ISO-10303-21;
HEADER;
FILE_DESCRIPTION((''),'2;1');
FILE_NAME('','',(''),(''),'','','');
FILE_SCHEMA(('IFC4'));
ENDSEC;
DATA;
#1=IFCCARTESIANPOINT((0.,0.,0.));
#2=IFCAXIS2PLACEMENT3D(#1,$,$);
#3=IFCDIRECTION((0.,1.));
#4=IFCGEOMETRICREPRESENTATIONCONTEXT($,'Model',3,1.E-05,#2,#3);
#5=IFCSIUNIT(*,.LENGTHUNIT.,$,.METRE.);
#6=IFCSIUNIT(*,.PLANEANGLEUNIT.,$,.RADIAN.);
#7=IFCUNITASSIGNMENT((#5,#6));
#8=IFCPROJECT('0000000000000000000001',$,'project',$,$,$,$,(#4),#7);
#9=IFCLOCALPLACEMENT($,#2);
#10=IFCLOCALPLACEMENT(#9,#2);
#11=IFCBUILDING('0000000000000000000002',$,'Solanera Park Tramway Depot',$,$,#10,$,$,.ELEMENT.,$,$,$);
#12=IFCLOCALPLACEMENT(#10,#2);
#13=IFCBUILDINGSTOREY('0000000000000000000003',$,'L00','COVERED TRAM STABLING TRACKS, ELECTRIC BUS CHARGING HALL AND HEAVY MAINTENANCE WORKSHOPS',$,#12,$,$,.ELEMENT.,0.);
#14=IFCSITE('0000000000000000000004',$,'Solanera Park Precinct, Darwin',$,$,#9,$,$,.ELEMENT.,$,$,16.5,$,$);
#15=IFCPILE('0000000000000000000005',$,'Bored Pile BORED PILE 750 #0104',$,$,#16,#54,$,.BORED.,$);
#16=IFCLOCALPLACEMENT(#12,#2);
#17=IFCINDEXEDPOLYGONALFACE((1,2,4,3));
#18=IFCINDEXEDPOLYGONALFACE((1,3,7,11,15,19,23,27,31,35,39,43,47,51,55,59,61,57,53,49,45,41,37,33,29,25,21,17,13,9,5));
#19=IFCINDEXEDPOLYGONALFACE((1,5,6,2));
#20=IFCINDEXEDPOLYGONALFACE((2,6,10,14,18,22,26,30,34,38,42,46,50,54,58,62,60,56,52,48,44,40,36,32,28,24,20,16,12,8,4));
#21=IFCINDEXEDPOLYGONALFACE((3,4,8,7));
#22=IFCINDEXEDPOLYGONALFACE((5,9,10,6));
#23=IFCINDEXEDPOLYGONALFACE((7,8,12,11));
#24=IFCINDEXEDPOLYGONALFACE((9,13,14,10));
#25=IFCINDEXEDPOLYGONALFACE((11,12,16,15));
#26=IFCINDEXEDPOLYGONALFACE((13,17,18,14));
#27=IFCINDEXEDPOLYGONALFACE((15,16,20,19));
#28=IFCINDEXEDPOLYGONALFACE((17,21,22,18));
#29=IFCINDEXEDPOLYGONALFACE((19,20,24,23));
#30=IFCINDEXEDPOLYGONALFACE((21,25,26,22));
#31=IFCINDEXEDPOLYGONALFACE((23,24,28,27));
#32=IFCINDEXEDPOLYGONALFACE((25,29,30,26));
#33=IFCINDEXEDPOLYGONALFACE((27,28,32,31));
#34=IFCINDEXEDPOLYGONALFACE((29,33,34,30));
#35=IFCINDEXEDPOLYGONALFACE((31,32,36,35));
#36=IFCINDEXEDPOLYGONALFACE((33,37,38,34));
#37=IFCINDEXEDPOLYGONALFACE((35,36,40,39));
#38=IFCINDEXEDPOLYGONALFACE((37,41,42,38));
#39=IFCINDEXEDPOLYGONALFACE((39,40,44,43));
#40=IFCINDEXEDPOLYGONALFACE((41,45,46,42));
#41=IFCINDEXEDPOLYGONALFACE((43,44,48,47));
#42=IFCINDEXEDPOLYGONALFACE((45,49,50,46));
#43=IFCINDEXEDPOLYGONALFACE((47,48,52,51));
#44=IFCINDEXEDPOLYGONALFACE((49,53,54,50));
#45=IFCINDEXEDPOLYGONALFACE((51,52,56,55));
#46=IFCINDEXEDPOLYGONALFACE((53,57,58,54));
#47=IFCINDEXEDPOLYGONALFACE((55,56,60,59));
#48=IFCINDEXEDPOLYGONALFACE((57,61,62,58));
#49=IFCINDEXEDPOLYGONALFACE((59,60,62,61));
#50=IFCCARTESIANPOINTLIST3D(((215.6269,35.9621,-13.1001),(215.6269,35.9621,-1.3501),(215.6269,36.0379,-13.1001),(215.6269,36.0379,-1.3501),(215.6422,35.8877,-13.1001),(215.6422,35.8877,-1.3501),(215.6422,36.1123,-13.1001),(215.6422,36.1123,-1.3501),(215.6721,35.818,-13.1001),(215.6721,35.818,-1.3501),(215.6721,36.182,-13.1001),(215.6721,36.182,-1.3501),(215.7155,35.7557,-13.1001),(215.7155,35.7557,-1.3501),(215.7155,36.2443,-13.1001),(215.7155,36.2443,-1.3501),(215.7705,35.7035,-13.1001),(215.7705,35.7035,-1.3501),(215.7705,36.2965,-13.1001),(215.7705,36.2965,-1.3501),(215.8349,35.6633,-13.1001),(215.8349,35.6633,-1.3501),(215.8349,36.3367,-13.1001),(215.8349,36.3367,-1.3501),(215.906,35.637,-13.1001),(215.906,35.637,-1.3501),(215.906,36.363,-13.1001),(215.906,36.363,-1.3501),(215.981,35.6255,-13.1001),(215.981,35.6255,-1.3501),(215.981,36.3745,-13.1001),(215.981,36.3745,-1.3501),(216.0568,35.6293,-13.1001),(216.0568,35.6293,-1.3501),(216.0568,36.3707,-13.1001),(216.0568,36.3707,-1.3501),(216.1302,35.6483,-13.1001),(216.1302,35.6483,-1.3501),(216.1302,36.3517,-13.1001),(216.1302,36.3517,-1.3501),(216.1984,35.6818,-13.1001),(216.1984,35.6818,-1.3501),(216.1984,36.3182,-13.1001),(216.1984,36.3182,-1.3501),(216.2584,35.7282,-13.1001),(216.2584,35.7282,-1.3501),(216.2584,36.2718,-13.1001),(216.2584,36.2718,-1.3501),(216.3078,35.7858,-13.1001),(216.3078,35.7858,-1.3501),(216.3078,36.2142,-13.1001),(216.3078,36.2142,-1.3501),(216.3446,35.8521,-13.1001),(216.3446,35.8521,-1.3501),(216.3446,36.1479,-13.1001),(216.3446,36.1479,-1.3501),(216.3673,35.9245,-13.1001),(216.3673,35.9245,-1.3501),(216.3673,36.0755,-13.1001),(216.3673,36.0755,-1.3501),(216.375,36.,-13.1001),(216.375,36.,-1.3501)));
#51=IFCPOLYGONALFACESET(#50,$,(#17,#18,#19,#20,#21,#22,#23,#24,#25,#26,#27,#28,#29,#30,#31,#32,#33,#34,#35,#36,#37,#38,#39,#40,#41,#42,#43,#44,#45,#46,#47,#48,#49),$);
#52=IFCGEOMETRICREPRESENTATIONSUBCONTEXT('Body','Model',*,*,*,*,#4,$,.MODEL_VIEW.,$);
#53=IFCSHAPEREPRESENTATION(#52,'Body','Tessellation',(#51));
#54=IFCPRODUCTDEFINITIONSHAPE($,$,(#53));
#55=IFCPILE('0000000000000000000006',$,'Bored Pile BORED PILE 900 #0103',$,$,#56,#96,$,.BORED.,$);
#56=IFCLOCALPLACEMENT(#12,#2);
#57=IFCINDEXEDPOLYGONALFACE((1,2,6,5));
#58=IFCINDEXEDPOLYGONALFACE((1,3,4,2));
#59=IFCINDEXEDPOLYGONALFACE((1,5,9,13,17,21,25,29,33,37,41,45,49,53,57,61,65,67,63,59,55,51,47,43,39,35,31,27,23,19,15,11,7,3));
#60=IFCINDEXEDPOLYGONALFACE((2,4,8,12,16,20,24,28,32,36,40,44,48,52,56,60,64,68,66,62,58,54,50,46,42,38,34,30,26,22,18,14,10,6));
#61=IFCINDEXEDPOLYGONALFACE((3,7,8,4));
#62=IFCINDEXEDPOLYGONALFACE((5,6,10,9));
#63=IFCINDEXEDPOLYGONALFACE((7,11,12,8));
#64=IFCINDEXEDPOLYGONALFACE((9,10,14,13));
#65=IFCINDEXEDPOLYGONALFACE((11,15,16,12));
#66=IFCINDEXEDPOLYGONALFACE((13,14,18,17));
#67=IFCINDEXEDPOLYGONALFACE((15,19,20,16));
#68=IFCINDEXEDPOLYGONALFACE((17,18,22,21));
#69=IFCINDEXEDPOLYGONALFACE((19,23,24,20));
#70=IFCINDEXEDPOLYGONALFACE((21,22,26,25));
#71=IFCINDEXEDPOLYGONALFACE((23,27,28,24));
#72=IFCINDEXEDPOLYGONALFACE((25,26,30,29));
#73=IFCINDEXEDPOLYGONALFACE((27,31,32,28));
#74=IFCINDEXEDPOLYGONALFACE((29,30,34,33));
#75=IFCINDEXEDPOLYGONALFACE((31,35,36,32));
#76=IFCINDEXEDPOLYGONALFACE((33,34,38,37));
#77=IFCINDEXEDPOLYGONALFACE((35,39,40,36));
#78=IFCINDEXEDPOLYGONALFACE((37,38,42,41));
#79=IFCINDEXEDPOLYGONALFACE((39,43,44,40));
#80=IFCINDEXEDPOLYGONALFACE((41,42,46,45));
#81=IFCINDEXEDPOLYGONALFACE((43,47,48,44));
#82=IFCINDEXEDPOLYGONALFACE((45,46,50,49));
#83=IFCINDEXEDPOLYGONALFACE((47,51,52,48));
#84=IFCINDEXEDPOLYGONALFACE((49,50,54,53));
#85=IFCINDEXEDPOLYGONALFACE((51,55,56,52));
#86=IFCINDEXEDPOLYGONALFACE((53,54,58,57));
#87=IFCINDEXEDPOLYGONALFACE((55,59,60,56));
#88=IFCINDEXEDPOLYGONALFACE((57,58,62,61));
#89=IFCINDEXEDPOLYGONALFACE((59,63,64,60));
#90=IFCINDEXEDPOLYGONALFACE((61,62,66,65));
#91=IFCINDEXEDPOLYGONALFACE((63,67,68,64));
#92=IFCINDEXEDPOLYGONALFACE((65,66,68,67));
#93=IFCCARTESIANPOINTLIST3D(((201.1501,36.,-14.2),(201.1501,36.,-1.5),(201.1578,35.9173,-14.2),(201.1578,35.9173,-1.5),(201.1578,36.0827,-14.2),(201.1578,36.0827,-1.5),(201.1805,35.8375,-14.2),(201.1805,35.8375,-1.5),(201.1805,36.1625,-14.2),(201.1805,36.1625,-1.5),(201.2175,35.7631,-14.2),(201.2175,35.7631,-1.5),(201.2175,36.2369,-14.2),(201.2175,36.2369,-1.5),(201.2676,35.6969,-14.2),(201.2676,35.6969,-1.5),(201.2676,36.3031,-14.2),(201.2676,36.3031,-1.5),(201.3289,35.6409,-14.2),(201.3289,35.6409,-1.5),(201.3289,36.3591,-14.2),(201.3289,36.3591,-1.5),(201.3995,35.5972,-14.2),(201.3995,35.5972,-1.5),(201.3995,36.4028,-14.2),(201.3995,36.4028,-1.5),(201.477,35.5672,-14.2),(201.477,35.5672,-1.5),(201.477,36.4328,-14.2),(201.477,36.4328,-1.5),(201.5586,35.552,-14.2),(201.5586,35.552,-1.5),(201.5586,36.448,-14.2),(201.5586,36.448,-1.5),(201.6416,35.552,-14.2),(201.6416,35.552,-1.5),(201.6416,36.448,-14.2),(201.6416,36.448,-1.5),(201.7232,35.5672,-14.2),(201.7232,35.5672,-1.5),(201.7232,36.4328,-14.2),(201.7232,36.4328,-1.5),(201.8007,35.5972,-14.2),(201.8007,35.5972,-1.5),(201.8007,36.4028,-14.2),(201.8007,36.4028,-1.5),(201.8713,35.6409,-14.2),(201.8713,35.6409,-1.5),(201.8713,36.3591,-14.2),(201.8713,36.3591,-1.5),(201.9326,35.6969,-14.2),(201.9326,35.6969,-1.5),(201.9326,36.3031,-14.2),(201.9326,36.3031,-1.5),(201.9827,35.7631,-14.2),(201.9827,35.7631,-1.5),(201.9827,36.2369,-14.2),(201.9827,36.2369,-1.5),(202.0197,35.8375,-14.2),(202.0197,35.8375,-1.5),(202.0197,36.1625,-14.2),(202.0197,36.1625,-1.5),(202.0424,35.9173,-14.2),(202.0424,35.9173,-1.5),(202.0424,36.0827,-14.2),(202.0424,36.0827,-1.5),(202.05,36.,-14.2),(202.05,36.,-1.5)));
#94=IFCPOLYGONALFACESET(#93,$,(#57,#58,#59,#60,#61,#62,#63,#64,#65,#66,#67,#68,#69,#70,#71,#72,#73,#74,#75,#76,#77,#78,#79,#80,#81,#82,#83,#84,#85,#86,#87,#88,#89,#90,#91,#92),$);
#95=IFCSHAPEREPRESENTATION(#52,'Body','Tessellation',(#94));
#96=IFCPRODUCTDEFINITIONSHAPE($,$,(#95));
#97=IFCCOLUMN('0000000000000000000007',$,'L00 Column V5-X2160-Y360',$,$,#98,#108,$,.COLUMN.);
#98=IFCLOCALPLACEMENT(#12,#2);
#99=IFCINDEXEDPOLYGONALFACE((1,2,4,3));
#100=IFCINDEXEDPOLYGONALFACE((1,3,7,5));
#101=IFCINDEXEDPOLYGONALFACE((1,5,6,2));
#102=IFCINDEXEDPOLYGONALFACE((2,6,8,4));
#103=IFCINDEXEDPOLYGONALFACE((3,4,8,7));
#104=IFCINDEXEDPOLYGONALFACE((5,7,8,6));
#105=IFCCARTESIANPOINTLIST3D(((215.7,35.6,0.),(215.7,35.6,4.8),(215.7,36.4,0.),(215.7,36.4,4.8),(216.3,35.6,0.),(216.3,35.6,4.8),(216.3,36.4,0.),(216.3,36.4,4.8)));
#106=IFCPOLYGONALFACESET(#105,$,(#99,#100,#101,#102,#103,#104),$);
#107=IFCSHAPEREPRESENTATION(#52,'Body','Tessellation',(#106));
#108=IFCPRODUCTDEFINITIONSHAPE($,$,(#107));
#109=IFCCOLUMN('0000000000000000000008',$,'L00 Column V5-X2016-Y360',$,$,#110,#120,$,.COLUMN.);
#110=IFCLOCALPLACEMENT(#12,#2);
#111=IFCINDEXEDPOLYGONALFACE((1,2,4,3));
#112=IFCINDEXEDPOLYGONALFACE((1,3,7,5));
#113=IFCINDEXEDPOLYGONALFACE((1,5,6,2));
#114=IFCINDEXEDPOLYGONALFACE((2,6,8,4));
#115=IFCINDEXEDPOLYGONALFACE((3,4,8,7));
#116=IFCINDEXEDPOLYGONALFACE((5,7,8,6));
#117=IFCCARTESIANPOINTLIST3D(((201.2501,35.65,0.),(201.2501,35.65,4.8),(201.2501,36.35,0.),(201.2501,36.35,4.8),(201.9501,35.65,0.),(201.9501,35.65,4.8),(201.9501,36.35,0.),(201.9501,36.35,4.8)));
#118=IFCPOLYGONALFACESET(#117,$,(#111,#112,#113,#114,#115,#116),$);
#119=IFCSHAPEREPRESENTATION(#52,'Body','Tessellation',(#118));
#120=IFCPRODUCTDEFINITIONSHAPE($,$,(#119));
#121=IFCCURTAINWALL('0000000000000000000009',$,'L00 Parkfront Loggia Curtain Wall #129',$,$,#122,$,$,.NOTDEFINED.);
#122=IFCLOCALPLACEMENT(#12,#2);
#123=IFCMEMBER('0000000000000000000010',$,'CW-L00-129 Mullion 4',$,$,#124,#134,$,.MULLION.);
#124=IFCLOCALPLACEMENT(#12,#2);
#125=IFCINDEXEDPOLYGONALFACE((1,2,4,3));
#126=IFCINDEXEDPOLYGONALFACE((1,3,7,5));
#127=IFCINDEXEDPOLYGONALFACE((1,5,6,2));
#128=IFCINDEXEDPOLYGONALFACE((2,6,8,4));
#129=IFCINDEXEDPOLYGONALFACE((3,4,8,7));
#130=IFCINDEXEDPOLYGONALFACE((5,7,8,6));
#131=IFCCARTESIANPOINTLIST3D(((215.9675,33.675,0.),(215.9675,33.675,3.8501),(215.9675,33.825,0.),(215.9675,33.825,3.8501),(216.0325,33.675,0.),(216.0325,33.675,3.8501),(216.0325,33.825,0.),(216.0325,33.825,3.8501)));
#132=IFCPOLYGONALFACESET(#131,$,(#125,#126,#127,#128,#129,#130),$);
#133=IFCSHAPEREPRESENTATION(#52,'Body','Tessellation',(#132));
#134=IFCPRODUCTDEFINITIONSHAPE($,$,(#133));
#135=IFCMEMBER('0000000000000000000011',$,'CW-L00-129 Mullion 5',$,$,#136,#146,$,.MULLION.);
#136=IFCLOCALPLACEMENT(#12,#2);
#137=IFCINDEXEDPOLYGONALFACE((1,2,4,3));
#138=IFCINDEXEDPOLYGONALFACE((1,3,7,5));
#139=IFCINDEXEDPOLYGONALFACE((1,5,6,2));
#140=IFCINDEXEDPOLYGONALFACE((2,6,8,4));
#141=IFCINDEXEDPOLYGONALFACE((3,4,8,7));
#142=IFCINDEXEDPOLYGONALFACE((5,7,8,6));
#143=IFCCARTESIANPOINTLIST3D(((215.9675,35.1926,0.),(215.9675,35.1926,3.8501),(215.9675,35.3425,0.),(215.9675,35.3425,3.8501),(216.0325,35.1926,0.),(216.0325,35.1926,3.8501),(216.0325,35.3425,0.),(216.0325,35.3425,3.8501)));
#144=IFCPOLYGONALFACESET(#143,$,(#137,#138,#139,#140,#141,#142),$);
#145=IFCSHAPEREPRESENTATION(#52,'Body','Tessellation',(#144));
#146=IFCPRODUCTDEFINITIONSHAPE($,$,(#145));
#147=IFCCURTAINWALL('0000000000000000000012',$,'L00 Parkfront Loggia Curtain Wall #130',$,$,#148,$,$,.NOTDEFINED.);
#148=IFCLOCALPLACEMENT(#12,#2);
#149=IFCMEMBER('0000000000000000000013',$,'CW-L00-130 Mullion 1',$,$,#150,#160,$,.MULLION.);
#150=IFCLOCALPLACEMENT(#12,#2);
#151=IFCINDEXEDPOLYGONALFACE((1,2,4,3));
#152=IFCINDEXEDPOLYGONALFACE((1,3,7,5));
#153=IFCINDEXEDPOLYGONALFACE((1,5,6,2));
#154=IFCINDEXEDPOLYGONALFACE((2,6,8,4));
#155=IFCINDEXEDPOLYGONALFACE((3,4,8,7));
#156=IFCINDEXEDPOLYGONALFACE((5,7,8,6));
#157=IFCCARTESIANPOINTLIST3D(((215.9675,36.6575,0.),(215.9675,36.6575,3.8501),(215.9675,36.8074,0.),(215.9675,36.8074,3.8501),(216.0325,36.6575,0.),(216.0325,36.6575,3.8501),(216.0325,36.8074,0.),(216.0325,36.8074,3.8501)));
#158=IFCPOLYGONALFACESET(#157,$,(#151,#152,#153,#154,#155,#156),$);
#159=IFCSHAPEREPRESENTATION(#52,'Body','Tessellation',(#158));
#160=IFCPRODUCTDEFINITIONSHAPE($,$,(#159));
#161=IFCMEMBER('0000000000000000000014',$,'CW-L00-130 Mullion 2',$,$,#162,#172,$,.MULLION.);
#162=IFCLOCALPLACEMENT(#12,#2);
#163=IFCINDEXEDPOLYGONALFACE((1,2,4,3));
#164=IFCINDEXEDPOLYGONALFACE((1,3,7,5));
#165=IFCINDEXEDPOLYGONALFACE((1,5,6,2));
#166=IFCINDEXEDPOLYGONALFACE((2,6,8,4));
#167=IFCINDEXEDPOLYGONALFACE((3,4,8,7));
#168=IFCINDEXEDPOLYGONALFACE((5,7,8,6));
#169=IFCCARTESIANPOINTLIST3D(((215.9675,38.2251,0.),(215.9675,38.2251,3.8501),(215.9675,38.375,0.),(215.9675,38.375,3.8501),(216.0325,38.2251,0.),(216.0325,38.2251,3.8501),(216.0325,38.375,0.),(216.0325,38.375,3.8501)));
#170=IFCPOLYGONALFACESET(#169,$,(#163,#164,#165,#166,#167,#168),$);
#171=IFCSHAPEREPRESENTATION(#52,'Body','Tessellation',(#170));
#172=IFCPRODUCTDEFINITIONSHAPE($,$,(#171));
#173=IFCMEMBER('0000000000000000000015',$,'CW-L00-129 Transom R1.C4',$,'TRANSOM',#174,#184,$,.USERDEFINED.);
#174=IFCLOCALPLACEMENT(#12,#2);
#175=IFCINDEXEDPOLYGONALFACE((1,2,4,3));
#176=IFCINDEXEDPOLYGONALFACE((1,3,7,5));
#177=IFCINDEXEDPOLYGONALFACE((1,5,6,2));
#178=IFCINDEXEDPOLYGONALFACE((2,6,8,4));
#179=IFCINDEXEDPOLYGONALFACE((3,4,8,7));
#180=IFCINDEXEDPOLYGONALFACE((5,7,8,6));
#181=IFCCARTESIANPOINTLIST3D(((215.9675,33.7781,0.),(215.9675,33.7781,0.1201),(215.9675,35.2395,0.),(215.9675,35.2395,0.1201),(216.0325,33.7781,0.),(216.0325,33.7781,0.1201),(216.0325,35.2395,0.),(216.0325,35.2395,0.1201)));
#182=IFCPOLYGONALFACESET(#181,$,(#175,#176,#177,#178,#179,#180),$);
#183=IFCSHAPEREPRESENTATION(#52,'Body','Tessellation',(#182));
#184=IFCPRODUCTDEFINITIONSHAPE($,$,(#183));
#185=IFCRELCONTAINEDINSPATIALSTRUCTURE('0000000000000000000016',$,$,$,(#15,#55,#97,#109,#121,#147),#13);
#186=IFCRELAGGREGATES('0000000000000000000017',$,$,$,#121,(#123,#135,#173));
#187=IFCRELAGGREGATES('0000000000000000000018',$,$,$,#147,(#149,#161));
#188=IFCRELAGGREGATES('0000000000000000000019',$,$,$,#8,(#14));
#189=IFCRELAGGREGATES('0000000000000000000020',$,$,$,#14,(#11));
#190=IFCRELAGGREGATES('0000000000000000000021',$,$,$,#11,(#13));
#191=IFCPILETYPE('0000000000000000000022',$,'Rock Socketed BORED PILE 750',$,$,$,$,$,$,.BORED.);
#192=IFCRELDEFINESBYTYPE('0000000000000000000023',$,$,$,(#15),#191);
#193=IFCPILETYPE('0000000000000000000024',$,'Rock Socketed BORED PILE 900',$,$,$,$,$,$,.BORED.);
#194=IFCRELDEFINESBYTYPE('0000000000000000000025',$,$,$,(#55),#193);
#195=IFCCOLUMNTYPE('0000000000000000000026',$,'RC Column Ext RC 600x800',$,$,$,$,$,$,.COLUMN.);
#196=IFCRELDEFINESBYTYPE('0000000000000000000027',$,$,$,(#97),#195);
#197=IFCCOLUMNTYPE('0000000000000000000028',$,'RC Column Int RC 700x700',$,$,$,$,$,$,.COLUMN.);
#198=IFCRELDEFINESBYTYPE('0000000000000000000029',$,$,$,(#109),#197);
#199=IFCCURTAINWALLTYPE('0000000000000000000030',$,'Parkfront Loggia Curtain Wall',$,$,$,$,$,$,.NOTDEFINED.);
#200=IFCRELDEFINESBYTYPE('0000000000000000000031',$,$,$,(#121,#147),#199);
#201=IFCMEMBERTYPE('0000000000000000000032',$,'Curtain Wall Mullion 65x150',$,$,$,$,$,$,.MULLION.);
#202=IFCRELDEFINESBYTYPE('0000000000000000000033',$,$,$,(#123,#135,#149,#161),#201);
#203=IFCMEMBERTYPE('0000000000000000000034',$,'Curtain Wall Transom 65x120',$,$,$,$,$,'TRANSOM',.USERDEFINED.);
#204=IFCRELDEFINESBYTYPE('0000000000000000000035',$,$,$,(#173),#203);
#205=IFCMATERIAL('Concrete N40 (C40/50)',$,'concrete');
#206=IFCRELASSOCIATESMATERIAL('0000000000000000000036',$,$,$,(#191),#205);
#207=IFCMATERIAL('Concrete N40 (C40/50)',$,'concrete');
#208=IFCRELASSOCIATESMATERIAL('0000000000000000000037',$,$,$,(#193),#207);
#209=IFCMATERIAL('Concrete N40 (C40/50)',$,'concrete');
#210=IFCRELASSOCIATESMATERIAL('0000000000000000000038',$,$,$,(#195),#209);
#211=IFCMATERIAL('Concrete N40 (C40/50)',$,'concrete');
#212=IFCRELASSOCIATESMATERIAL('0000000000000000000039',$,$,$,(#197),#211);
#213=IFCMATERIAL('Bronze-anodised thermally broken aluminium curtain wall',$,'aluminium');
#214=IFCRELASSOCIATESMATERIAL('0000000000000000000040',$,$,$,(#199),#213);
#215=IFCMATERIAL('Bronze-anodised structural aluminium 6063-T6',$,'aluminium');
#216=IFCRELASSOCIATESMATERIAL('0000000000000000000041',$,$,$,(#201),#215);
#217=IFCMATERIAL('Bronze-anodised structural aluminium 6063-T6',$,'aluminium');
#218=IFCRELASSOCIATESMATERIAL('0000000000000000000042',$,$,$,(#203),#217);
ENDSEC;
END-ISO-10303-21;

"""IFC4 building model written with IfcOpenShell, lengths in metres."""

from ifc_helpers import new_model, si_unit, direction, frame, origin, origin_2d, place, context, subcontext, project, spatial, rectangle, circle, extrude, material, material_profile, profile_set, type_object, element, aggregate, save


model = new_model("IFC4")

# Units and contexts
model_context = context("Model", 3, precision=1e-05, world=origin(), true_north=direction((0.0, 1.0)))
body_context = subcontext(model_context, "Body", "Model", "MODEL_VIEW")
ifc_project = project(units=[si_unit("LENGTHUNIT", "METRE"), si_unit("PLANEANGLEUNIT", "RADIAN")], contexts=[model_context])

# Site, building, storey
site_placement = place(None, origin())
site = spatial("IfcSite", under=ifc_project, at=site_placement, Name="Solanera Park Precinct, Darwin", CompositionType="ELEMENT", RefElevation=16.5)
building_placement = place(site_placement, origin())
building = spatial("IfcBuilding", under=site, at=building_placement, Name="Solanera Park Tramway Depot", CompositionType="ELEMENT")
storey_placement = place(building_placement, origin())
storey = spatial("IfcBuildingStorey", under=building, at=storey_placement, Name="L00", Description="COVERED TRAM STABLING TRACKS, ELECTRIC BUS CHARGING HALL AND HEAVY MAINTENANCE WORKSHOPS", CompositionType="ELEMENT", Elevation=0.0)

# Piles
ifc_material_1 = material(Name="Concrete N40 (C40/50)", Category="concrete")
ifc_material_profile_1 = material_profile(ifc_material_1, circle(Radius=0.375, at=origin_2d()), Name="BORED PILE 750")
ifc_profile_set_1 = profile_set([ifc_material_profile_1], Name="Concrete N40 (C40/50)")
pile_type_1 = type_object("IfcPileType", Name="Rock Socketed BORED PILE 750", PredefinedType="BORED", material=ifc_profile_set_1)
pile_1_placement = place(storey_placement, frame((216.0, 36.0, -1.3501), z_axis=(0.0, 0.0, -1.0), x_axis=(1.0, 0.0, 0.0)))
element("IfcPile", 1, at=pile_1_placement, inside=storey, type_object=pile_type_1, Name="Bored Pile BORED PILE 750 #0104", PredefinedType="BORED", context=body_context, shape_type="SweptSolid", body=[
    extrude(circle(Radius=0.375, at=origin_2d()), origin(), (0.0, 0.0, 1.0), 11.75),
])
ifc_material_2 = material(Name="Concrete N40 (C40/50)", Category="concrete")
ifc_material_profile_2 = material_profile(ifc_material_2, circle(Radius=0.45, at=origin_2d()), Name="BORED PILE 900")
ifc_profile_set_2 = profile_set([ifc_material_profile_2], Name="Concrete N40 (C40/50)")
pile_type_2 = type_object("IfcPileType", Name="Rock Socketed BORED PILE 900", PredefinedType="BORED", material=ifc_profile_set_2)
pile_2_placement = place(storey_placement, frame((201.6001, 36.0, -1.5), z_axis=(0.0, 0.0, -1.0), x_axis=(1.0, 0.0, 0.0)))
element("IfcPile", 2, at=pile_2_placement, inside=storey, type_object=pile_type_2, Name="Bored Pile BORED PILE 900 #0103", PredefinedType="BORED", context=body_context, shape_type="SweptSolid", body=[
    extrude(circle(Radius=0.45, at=origin_2d()), origin(), (0.0, 0.0, 1.0), 12.7),
])

# Columns
ifc_material_3 = material(Name="Concrete N40 (C40/50)", Category="concrete")
ifc_material_profile_3 = material_profile(ifc_material_3, rectangle(XDim=0.6001, YDim=0.8, at=origin_2d()), Name="RC 600x800")
ifc_profile_set_3 = profile_set([ifc_material_profile_3], Name="Concrete N40 (C40/50)")
column_type_1 = type_object("IfcColumnType", Name="RC Column Ext RC 600x800", PredefinedType="COLUMN", material=ifc_profile_set_3)
column_1_placement = place(storey_placement, frame((216.0, 36.0, 0.0), z_axis=(0.0, 0.0, 1.0), x_axis=(1.0, 0.0, 0.0)))
element("IfcColumn", 3, at=column_1_placement, inside=storey, type_object=column_type_1, Name="L00 Column V5-X2160-Y360", PredefinedType="COLUMN", context=body_context, shape_type="SweptSolid", body=[
    extrude(rectangle(XDim=0.6001, YDim=0.8, at=origin_2d()), origin(), (0.0, 0.0, 1.0), 4.8),
])
ifc_material_4 = material(Name="Concrete N40 (C40/50)", Category="concrete")
ifc_material_profile_4 = material_profile(ifc_material_4, rectangle(XDim=0.7, YDim=0.7, at=origin_2d()), Name="RC 700x700")
ifc_profile_set_4 = profile_set([ifc_material_profile_4], Name="Concrete N40 (C40/50)")
column_type_2 = type_object("IfcColumnType", Name="RC Column Int RC 700x700", PredefinedType="COLUMN", material=ifc_profile_set_4)
column_2_placement = place(storey_placement, frame((201.6001, 36.0, 0.0), z_axis=(0.0, 0.0, 1.0), x_axis=(1.0, 0.0, 0.0)))
element("IfcColumn", 4, at=column_2_placement, inside=storey, type_object=column_type_2, Name="L00 Column V5-X2016-Y360", PredefinedType="COLUMN", context=body_context, shape_type="SweptSolid", body=[
    extrude(rectangle(XDim=0.7, YDim=0.7, at=origin_2d()), origin(), (0.0, 0.0, 1.0), 4.8),
])

# Curtain walls, members
ifc_material_5 = material(Name="Bronze-anodised thermally broken aluminium curtain wall", Category="aluminium")
curtain_wall_type = type_object("IfcCurtainWallType", Name="Parkfront Loggia Curtain Wall", PredefinedType="NOTDEFINED", material=ifc_material_5)
curtain_wall_1_placement = place(storey_placement, origin())
curtain_wall_1 = element("IfcCurtainWall", 5, at=curtain_wall_1_placement, inside=storey, type_object=curtain_wall_type, Name="L00 Parkfront Loggia Curtain Wall #129", PredefinedType="NOTDEFINED")
ifc_material_6 = material(Name="Bronze-anodised structural aluminium 6063-T6", Category="aluminium")
ifc_material_profile_5 = material_profile(ifc_material_6, rectangle(XDim=0.0649, YDim=0.1499, at=origin_2d()), Name="Curtain Wall Mullion 65x150")
ifc_profile_set_5 = profile_set([ifc_material_profile_5], Name="Bronze-anodised structural aluminium 6063-T6")
member_type_1 = type_object("IfcMemberType", Name="Curtain Wall Mullion 65x150", PredefinedType="MULLION", material=ifc_profile_set_5)
member_1_placement = place(storey_placement, frame((216.0, 33.75, 0.0), z_axis=(0.0, 0.0, 1.0), x_axis=(1.0, 0.0, 0.0)))
member_1 = element("IfcMember", 6, at=member_1_placement, type_object=member_type_1, Name="CW-L00-129 Mullion 4", PredefinedType="MULLION", context=body_context, shape_type="SweptSolid", body=[
    extrude(rectangle(XDim=0.0649, YDim=0.1499, at=origin_2d()), origin(), (0.0, 0.0, 1.0), 3.8501),
])
member_2_placement = place(storey_placement, frame((216.0, 35.2676, 0.0), z_axis=(0.0, 0.0, 1.0), x_axis=(1.0, 0.0, 0.0)))
member_2 = element("IfcMember", 7, at=member_2_placement, type_object=member_type_1, Name="CW-L00-129 Mullion 5", PredefinedType="MULLION", context=body_context, shape_type="SweptSolid", body=[
    extrude(rectangle(XDim=0.0649, YDim=0.1499, at=origin_2d()), origin(), (0.0, 0.0, 1.0), 3.8501),
])
curtain_wall_2_placement = place(storey_placement, origin())
curtain_wall_2 = element("IfcCurtainWall", 8, at=curtain_wall_2_placement, inside=storey, type_object=curtain_wall_type, Name="L00 Parkfront Loggia Curtain Wall #130", PredefinedType="NOTDEFINED")
member_3_placement = place(storey_placement, frame((216.0, 36.7324, 0.0), z_axis=(0.0, 0.0, 1.0), x_axis=(1.0, 0.0, 0.0)))
member_3 = element("IfcMember", 9, at=member_3_placement, type_object=member_type_1, Name="CW-L00-130 Mullion 1", PredefinedType="MULLION", context=body_context, shape_type="SweptSolid", body=[
    extrude(rectangle(XDim=0.0649, YDim=0.1499, at=origin_2d()), origin(), (0.0, 0.0, 1.0), 3.8501),
])
member_4_placement = place(storey_placement, frame((216.0, 38.3, 0.0), z_axis=(0.0, 0.0, 1.0), x_axis=(1.0, 0.0, 0.0)))
member_4 = element("IfcMember", 10, at=member_4_placement, type_object=member_type_1, Name="CW-L00-130 Mullion 2", PredefinedType="MULLION", context=body_context, shape_type="SweptSolid", body=[
    extrude(rectangle(XDim=0.0649, YDim=0.1499, at=origin_2d()), origin(), (0.0, 0.0, 1.0), 3.8501),
])

# Member
ifc_material_7 = material(Name="Bronze-anodised structural aluminium 6063-T6", Category="aluminium")
ifc_material_profile_6 = material_profile(ifc_material_7, rectangle(XDim=0.0649, YDim=0.1201, at=origin_2d()), Name="Curtain Wall Transom 65x120")
ifc_profile_set_6 = profile_set([ifc_material_profile_6], Name="Bronze-anodised structural aluminium 6063-T6")
member_type_2 = type_object("IfcMemberType", Name="Curtain Wall Transom 65x120", ElementType="TRANSOM", PredefinedType="USERDEFINED", material=ifc_profile_set_6)
member_5_placement = place(storey_placement, frame((216.0, 33.7781, 0.0601), z_axis=(0.0, 1.0, 0.0), x_axis=(-1.0, 0.0, 0.0)))
member_5 = element("IfcMember", 11, at=member_5_placement, type_object=member_type_2, Name="CW-L00-129 Transom R1.C4", ObjectType="TRANSOM", PredefinedType="USERDEFINED", context=body_context, shape_type="SweptSolid", body=[
    extrude(rectangle(XDim=0.0649, YDim=0.1201, at=origin_2d()), origin(), (0.0, 0.0, 1.0), 1.4614),
])

aggregate(curtain_wall_1, [member_1, member_2, member_5])
aggregate(curtain_wall_2, [member_3, member_4])

save(model, "model.ifc")
